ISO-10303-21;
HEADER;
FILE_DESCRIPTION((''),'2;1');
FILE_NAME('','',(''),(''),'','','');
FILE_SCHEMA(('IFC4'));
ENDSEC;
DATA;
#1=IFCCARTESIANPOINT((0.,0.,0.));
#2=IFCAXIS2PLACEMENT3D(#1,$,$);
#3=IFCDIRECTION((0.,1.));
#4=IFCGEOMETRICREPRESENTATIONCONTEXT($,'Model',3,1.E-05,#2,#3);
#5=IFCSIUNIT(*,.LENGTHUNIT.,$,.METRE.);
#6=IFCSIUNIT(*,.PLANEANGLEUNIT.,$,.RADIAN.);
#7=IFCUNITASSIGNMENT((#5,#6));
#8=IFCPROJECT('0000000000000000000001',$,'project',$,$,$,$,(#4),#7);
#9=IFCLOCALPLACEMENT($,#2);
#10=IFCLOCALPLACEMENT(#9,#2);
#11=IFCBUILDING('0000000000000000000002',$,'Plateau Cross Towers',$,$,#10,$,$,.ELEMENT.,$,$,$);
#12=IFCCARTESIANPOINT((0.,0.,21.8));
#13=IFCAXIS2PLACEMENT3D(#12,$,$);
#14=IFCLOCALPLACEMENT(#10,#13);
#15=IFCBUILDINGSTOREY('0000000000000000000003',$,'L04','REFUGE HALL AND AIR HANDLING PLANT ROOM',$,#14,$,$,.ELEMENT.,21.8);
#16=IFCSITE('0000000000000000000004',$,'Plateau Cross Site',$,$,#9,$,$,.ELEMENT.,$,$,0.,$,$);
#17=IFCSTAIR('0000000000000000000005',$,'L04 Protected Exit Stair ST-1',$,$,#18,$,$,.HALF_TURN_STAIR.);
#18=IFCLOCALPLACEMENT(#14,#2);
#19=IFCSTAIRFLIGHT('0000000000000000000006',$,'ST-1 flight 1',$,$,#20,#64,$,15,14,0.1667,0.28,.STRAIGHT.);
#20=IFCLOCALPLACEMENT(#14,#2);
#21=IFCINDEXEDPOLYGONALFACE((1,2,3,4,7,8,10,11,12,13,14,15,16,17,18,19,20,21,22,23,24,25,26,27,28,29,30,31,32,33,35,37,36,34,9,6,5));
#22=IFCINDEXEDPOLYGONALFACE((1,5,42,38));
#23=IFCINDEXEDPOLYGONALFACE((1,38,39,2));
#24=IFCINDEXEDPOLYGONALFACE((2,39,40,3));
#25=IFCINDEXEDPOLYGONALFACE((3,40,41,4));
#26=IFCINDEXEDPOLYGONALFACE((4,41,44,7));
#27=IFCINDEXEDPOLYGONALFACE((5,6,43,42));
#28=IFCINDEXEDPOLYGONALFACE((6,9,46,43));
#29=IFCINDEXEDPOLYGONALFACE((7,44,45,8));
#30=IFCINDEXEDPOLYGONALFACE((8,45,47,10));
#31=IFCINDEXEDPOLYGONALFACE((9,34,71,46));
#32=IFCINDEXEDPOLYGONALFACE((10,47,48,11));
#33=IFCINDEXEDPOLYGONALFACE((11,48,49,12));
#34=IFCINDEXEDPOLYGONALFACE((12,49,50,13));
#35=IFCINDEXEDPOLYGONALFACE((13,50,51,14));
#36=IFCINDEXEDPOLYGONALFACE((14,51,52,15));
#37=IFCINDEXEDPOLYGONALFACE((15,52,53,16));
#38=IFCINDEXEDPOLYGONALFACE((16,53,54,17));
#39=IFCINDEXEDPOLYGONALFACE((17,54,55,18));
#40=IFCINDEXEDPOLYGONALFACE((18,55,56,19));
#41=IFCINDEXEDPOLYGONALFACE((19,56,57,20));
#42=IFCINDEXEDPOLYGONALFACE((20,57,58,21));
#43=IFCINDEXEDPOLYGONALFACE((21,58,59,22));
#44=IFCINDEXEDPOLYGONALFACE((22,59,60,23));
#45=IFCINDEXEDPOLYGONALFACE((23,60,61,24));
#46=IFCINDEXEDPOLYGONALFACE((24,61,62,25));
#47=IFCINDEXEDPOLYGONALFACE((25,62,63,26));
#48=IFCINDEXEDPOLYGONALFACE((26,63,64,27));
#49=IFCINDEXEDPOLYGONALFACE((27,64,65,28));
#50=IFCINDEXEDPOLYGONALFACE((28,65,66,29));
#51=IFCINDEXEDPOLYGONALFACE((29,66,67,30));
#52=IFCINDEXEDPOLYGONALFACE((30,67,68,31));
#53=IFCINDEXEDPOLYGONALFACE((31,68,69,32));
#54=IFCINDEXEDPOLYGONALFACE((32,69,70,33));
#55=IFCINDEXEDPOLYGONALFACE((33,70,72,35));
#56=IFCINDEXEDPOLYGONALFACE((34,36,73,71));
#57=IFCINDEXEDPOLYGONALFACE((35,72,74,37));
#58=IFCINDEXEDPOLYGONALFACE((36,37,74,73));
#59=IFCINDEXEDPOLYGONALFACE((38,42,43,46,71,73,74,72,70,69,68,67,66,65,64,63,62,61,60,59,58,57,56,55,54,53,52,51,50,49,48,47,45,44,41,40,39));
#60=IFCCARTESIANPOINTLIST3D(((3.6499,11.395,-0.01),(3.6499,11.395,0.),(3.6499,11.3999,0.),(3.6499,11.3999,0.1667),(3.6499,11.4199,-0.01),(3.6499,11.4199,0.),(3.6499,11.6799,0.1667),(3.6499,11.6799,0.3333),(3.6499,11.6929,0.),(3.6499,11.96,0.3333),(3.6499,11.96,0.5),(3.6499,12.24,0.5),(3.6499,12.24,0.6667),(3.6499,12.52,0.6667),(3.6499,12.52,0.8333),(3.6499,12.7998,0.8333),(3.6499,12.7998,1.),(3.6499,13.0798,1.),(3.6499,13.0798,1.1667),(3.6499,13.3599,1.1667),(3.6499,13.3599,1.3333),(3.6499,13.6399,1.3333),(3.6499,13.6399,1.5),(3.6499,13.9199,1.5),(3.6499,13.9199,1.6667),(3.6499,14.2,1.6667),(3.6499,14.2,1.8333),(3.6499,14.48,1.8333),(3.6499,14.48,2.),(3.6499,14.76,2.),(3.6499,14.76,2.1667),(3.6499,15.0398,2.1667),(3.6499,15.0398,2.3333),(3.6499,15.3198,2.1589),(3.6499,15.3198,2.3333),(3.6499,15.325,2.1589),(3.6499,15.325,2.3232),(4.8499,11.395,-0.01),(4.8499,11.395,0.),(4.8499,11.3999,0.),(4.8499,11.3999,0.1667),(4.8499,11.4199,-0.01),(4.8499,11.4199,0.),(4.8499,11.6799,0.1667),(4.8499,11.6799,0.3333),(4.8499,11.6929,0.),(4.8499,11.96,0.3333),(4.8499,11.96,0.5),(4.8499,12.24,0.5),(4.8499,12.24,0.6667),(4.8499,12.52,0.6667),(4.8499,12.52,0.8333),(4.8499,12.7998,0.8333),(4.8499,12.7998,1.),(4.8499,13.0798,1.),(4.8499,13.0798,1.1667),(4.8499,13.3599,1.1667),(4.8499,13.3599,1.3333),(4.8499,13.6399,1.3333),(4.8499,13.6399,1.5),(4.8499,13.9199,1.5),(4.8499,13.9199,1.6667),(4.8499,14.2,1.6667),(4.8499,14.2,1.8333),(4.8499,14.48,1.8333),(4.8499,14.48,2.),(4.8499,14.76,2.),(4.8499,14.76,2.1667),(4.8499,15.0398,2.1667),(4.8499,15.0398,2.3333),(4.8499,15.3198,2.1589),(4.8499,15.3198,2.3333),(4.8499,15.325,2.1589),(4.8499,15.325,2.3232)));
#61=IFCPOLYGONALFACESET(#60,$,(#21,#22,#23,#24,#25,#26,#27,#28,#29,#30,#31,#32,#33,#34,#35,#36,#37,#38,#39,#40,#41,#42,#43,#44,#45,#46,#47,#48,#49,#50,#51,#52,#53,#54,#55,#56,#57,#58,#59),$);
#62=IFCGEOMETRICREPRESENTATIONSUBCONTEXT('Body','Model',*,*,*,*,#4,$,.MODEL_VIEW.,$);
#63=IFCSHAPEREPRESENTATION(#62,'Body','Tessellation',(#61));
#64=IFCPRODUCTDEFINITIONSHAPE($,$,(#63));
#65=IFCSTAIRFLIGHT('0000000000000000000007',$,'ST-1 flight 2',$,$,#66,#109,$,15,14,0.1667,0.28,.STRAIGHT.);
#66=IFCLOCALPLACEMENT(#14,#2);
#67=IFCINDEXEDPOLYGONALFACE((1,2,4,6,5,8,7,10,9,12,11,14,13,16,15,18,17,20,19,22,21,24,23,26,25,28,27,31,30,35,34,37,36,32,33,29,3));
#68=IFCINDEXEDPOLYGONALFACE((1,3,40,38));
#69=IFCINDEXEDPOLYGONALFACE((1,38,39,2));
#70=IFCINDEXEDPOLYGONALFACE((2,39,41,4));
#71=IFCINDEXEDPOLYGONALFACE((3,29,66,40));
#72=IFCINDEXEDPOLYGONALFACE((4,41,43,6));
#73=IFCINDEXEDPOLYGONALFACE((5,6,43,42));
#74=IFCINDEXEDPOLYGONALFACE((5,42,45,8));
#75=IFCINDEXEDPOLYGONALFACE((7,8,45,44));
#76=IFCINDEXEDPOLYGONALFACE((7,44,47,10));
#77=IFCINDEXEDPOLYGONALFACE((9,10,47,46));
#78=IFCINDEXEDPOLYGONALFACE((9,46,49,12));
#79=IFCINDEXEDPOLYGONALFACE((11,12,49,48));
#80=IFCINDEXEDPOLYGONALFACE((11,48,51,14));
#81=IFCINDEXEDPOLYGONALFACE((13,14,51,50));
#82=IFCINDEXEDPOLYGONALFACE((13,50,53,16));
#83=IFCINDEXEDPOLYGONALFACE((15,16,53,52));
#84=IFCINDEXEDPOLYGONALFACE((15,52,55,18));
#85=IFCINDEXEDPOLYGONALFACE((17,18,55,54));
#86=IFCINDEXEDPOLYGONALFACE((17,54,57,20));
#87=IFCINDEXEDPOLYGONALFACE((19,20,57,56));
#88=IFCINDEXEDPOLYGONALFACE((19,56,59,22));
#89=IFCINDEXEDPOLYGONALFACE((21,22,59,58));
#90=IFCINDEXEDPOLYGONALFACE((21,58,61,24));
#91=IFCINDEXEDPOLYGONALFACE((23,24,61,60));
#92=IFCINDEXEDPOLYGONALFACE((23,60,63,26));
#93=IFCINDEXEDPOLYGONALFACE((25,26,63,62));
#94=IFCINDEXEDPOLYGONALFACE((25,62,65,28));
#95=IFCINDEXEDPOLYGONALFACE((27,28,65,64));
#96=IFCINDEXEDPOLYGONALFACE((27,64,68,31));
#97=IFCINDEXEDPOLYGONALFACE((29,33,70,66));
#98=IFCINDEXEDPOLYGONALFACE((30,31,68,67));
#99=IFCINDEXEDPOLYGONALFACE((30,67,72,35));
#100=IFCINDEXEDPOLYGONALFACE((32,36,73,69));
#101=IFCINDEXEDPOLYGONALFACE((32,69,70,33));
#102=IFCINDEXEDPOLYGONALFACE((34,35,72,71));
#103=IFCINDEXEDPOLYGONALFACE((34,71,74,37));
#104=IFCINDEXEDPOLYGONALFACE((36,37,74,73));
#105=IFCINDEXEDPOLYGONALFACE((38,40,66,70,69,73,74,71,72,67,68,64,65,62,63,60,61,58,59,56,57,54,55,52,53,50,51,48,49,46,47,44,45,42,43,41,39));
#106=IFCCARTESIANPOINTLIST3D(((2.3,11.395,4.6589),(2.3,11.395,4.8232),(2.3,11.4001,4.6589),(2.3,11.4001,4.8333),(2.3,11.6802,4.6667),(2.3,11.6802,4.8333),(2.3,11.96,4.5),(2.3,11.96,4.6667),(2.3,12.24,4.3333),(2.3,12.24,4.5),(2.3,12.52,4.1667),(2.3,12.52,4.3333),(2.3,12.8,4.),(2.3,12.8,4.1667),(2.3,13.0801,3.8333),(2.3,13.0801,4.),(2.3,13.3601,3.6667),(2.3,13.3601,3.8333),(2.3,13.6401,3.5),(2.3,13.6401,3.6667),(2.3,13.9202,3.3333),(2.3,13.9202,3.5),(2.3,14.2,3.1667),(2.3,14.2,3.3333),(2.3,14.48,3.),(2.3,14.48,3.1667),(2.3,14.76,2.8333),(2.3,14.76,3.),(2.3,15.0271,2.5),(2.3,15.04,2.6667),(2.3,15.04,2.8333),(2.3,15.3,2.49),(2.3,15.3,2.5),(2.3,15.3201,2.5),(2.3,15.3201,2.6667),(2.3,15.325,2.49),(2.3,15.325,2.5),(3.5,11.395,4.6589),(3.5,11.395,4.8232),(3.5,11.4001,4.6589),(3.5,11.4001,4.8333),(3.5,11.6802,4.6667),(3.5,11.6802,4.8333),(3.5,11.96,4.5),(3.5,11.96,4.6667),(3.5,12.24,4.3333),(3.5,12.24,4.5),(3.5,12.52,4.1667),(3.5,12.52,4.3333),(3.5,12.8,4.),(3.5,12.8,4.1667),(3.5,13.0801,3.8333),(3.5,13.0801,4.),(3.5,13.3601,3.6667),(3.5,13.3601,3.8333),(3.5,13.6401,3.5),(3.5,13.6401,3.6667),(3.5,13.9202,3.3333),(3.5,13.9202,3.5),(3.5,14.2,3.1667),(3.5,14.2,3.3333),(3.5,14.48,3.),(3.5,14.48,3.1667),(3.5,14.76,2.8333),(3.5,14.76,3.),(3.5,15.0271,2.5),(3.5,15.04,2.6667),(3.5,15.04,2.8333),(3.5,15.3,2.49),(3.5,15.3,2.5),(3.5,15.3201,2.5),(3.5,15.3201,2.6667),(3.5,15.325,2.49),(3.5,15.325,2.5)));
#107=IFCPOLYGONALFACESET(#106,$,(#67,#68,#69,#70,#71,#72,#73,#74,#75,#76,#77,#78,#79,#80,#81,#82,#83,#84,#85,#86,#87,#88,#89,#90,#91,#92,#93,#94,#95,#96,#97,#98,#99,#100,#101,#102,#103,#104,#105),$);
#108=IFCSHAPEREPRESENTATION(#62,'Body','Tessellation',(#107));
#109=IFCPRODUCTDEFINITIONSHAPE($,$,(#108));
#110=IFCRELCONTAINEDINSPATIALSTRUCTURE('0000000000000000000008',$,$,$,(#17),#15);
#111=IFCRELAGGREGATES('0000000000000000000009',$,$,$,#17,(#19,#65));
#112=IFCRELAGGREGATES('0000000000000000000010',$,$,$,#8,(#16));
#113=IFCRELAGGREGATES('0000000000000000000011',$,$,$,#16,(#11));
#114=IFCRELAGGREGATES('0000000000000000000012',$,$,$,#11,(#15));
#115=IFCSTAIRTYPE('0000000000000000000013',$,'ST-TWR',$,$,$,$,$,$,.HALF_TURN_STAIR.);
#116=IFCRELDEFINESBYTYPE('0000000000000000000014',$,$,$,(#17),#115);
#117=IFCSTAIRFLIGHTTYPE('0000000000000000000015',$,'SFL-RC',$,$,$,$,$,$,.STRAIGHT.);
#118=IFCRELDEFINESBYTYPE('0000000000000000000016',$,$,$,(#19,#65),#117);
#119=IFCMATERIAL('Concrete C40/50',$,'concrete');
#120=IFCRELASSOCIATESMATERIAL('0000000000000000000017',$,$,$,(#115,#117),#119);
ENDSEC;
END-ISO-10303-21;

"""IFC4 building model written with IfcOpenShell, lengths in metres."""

from ifc_helpers import new_model, si_unit, direction, frame, origin, place, context, subcontext, project, spatial, polyline, outline, extrude, material, type_object, element, aggregate, save


model = new_model("IFC4")

# Units and contexts
model_context = context("Model", 3, precision=1e-05, world=origin(), true_north=direction((0.0, 1.0)))
body_context = subcontext(model_context, "Body", "Model", "MODEL_VIEW")
ifc_project = project(units=[si_unit("LENGTHUNIT", "METRE"), si_unit("PLANEANGLEUNIT", "RADIAN")], contexts=[model_context])

# Site, building, storey
site_placement = place(None, origin())
site = spatial("IfcSite", under=ifc_project, at=site_placement, Name="Plateau Cross Site", CompositionType="ELEMENT", RefElevation=0.0)
building_placement = place(site_placement, origin())
building = spatial("IfcBuilding", under=site, at=building_placement, Name="Plateau Cross Towers", CompositionType="ELEMENT")
storey_placement = place(building_placement, frame((0.0, 0.0, 21.8)))
storey = spatial("IfcBuildingStorey", under=building, at=storey_placement, Name="L04", Description="REFUGE HALL AND AIR HANDLING PLANT ROOM", CompositionType="ELEMENT", Elevation=21.8)

# Stair, stair flights
ifc_material_1 = material(Name="Concrete C40/50", Category="concrete")
stair_type = type_object("IfcStairType", Name="ST-TWR", PredefinedType="HALF_TURN_STAIR", material=ifc_material_1)
stair_placement = place(storey_placement, origin())
stair = element("IfcStair", 1, at=stair_placement, inside=storey, type_object=stair_type, Name="L04 Protected Exit Stair ST-1", PredefinedType="HALF_TURN_STAIR")
stair_flight_type = type_object("IfcStairFlightType", Name="SFL-RC", PredefinedType="STRAIGHT", material=ifc_material_1)
stair_flight_1_placement = place(storey_placement, frame((4.25, 11.3999, 0.0), z_axis=(0.0, 0.0, 1.0), x_axis=(0.0, 1.0, 0.0)))
stair_flight_1 = element("IfcStairFlight", 2, at=stair_flight_1_placement, type_object=stair_flight_type, Name="ST-1 flight 1", NumberOfRisers=15, NumberOfTreads=14, PredefinedType="STRAIGHT", RiserHeight=0.1667, TreadLength=0.28, context=body_context, shape_type="SweptSolid", body=[
    extrude(outline(polyline([(-0.0049, -0.01), (-0.0049, 0.0), (0.0, 0.0), (0.0, 0.1667), (0.28, 0.1667), (0.28, 0.3333), (0.5601, 0.3333), (0.5601, 0.5), (0.8401, 0.5), (0.8401, 0.6667), (1.1201, 0.6667), (1.1201, 0.8333), (1.3999, 0.8333), (1.3999, 1.0), (1.6799, 1.0), (1.6799, 1.1667), (1.96, 1.1667), (1.96, 1.3333), (2.24, 1.3333), (2.24, 1.5), (2.52, 1.5), (2.52, 1.6667), (2.8, 1.6667), (2.8, 1.8333), (3.0801, 1.8333), (3.0801, 2.0), (3.3601, 2.0), (3.3601, 2.1667), (3.6399, 2.1667), (3.6399, 2.3333), (3.9199, 2.3333), (3.925, 2.3232), (3.925, 2.1589), (3.9199, 2.1589), (0.293, 0.0), (0.02, 0.0), (0.02, -0.01), (-0.0049, -0.01)])), frame((0.0, 0.6001, 0.0), z_axis=(0.0, -1.0, 0.0), x_axis=(1.0, 0.0, 0.0)), (0.0, 0.0, 1.0), 1.2),
])
stair_flight_2_placement = place(storey_placement, frame((2.8999, 15.3201, 2.5), z_axis=(0.0, 0.0, 1.0), x_axis=(0.0, -1.0, 0.0)))
stair_flight_2 = element("IfcStairFlight", 3, at=stair_flight_2_placement, type_object=stair_flight_type, Name="ST-1 flight 2", NumberOfRisers=15, NumberOfTreads=14, PredefinedType="STRAIGHT", RiserHeight=0.1667, TreadLength=0.28, context=body_context, shape_type="SweptSolid", body=[
    extrude(outline(polyline([(-0.0049, -0.01), (-0.0049, 0.0), (0.0, 0.0), (0.0, 0.1667), (0.28, 0.1667), (0.28, 0.3333), (0.5601, 0.3333), (0.5601, 0.5), (0.8401, 0.5), (0.8401, 0.6667), (1.1201, 0.6667), (1.1201, 0.8333), (1.3999, 0.8333), (1.3999, 1.0), (1.6799, 1.0), (1.6799, 1.1667), (1.96, 1.1667), (1.96, 1.3333), (2.24, 1.3333), (2.24, 1.5), (2.52, 1.5), (2.52, 1.6667), (2.8, 1.6667), (2.8, 1.8333), (3.0801, 1.8333), (3.0801, 2.0), (3.3601, 2.0), (3.3601, 2.1667), (3.6399, 2.1667), (3.6399, 2.3333), (3.9199, 2.3333), (3.925, 2.3232), (3.925, 2.1589), (3.9199, 2.1589), (0.293, 0.0), (0.02, 0.0), (0.02, -0.01), (-0.0049, -0.01)])), frame((0.0, 0.6001, 0.0), z_axis=(0.0, -1.0, 0.0), x_axis=(1.0, 0.0, 0.0)), (0.0, 0.0, 1.0), 1.2),
])
aggregate(stair, [stair_flight_1, stair_flight_2])

save(model, "model.ifc")
